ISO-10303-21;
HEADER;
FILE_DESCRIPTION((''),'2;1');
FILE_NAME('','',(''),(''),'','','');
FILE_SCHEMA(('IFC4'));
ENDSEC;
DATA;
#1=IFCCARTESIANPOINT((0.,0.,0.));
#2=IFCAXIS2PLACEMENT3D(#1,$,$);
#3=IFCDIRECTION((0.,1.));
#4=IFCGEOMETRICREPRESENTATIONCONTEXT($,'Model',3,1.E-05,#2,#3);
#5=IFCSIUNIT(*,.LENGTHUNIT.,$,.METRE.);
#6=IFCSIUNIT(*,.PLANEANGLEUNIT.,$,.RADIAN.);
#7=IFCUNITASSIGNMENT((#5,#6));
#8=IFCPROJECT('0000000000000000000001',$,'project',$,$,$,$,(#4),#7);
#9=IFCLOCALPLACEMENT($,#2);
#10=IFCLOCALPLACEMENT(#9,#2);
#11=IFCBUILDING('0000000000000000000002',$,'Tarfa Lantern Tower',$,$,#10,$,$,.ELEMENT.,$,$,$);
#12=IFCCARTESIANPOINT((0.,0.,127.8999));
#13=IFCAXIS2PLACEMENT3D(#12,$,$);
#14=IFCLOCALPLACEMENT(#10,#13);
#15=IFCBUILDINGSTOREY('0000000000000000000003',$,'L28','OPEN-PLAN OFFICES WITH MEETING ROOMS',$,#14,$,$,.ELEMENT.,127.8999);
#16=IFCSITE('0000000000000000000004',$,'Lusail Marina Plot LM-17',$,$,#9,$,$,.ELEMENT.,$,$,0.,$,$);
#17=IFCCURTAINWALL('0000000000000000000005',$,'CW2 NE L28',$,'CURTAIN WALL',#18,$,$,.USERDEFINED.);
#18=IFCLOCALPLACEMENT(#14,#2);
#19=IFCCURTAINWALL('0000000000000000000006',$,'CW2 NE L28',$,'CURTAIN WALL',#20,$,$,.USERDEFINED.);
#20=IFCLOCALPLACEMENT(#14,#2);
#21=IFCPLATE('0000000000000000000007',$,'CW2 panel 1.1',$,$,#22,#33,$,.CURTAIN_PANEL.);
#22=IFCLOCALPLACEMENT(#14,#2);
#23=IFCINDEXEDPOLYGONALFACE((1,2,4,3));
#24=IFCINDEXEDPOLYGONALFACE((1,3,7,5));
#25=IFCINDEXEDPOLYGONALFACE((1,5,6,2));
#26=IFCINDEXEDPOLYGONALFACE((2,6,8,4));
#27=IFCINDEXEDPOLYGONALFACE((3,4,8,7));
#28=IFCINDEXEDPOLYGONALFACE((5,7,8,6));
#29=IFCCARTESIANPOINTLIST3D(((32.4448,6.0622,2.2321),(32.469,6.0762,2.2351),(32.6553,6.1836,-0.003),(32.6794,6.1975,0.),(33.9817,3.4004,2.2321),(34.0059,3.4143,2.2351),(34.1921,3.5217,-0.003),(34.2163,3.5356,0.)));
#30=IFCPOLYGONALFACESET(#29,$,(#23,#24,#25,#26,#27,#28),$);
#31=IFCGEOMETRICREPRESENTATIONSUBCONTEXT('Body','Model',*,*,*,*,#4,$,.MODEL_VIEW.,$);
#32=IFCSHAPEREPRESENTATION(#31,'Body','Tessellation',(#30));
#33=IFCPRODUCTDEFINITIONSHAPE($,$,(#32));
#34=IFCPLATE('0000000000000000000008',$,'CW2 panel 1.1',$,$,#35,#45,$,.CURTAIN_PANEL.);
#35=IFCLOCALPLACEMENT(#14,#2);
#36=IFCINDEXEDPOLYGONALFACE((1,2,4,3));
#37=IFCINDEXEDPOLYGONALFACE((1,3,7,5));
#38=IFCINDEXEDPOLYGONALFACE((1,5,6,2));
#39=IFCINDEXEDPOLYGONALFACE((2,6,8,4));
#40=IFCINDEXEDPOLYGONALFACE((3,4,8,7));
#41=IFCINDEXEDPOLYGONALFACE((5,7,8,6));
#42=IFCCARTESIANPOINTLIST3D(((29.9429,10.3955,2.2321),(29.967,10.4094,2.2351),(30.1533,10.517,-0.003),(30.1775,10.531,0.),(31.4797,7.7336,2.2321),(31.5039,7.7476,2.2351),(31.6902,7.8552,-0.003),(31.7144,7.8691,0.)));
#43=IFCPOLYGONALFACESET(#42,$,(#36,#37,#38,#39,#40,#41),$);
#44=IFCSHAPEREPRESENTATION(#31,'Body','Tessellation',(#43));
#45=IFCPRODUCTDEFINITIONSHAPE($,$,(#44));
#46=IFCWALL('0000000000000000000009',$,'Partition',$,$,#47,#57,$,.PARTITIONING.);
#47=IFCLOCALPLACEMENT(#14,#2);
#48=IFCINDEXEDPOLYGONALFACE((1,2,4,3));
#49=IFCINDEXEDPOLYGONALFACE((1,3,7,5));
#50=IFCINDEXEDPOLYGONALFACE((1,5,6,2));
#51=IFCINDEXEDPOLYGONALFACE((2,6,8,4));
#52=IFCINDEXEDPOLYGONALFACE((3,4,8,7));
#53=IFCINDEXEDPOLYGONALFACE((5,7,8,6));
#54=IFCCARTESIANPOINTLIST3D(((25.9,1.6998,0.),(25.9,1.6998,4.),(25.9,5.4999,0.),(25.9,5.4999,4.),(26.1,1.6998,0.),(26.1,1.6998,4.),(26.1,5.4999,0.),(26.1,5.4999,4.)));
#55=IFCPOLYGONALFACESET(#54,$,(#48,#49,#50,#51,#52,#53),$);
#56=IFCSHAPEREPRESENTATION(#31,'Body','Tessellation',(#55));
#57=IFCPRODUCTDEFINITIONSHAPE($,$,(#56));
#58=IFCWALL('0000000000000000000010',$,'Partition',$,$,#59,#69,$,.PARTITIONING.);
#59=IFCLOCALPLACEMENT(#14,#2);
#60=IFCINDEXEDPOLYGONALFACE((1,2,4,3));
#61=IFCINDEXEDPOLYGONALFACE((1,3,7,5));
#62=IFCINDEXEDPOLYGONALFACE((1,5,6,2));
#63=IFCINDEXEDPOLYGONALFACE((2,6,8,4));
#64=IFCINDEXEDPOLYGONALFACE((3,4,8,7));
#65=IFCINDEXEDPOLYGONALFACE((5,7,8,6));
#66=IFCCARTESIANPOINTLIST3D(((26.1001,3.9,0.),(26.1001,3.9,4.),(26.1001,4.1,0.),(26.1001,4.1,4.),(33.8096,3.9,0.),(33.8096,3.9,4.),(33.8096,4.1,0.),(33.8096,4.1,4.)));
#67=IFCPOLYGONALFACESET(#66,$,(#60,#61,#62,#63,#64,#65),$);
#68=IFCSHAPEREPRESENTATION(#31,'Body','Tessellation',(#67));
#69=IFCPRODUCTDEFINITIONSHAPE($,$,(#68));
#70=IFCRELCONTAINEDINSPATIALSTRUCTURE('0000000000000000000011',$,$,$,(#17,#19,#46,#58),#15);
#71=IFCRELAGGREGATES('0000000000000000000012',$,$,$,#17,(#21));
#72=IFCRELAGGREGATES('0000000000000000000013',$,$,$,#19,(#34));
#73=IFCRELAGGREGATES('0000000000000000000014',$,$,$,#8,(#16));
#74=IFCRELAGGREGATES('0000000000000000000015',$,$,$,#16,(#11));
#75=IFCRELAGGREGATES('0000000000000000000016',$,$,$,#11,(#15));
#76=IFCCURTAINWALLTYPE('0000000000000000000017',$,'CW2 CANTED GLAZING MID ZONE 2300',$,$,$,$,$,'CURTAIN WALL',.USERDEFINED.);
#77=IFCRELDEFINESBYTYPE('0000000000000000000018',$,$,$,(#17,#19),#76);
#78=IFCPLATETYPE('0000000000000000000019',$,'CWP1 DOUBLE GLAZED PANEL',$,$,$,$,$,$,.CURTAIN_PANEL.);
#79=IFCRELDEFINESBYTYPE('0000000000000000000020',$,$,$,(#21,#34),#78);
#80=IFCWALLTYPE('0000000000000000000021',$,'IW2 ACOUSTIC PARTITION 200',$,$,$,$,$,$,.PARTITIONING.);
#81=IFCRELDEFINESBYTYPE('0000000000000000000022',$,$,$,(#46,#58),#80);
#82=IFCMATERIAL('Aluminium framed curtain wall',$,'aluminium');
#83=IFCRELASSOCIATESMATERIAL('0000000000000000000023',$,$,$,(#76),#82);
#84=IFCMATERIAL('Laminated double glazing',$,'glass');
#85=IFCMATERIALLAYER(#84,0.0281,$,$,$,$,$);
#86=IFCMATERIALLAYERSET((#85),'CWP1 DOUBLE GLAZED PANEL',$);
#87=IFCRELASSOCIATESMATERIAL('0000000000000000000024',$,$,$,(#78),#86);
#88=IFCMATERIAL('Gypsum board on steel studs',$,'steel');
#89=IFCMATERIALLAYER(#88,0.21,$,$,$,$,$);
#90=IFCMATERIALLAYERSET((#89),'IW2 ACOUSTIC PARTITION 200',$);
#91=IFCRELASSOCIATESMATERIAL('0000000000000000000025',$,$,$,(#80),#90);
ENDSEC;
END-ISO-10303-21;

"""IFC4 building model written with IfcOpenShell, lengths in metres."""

from ifc_helpers import new_model, si_unit, direction, frame, frame_2d, origin, place, context, subcontext, project, spatial, polyline, rectangle, outline, extrude, material, layer, layer_set, type_object, element, aggregate, save


model = new_model("IFC4")

# Units and contexts
model_context = context("Model", 3, precision=1e-05, world=origin(), true_north=direction((0.0, 1.0)))
body_context = subcontext(model_context, "Body", "Model", "MODEL_VIEW")
ifc_project = project(units=[si_unit("LENGTHUNIT", "METRE"), si_unit("PLANEANGLEUNIT", "RADIAN")], contexts=[model_context])

# Site, building, storey
site_placement = place(None, origin())
site = spatial("IfcSite", under=ifc_project, at=site_placement, Name="Lusail Marina Plot LM-17", CompositionType="ELEMENT", RefElevation=0.0)
building_placement = place(site_placement, origin())
building = spatial("IfcBuilding", under=site, at=building_placement, Name="Tarfa Lantern Tower", CompositionType="ELEMENT")
storey_placement = place(building_placement, frame((0.0, 0.0, 127.8999)))
storey = spatial("IfcBuildingStorey", under=building, at=storey_placement, Name="L28", Description="OPEN-PLAN OFFICES WITH MEETING ROOMS", CompositionType="ELEMENT", Elevation=127.8999)

# Curtain walls
ifc_material_1 = material(Name="Aluminium framed curtain wall", Category="aluminium")
curtain_wall_type_1 = type_object("IfcCurtainWallType", Name="CW2 CANTED GLAZING MID ZONE 2300", ElementType="CURTAIN WALL", PredefinedType="USERDEFINED", material=ifc_material_1)
curtain_wall_1_placement = place(storey_placement, origin())
curtain_wall_1 = element("IfcCurtainWall", 1, at=curtain_wall_1_placement, inside=storey, type_object=curtain_wall_type_1, Name="CW2 NE L28", ObjectType="CURTAIN WALL", PredefinedType="USERDEFINED")
curtain_wall_2_placement = place(storey_placement, origin())
curtain_wall_2 = element("IfcCurtainWall", 2, at=curtain_wall_2_placement, inside=storey, type_object=curtain_wall_type_1, Name="CW2 NE L28", ObjectType="CURTAIN WALL", PredefinedType="USERDEFINED")

# Plates
ifc_material_2 = material(Name="Laminated double glazing", Category="glass")
ifc_layer_1 = layer(ifc_material_2, 0.0281)
ifc_layer_set_1 = layer_set([ifc_layer_1], Name="CWP1 DOUBLE GLAZED PANEL")
plate_type = type_object("IfcPlateType", Name="CWP1 DOUBLE GLAZED PANEL", PredefinedType="CURTAIN_PANEL", material=ifc_layer_set_1)
plate_1_placement = place(storey_placement, frame((34.2163, 3.5356, 0.0), z_axis=(0.86095, 0.497082, 0.108049), x_axis=(-0.500009, 0.86602, 0.0)))
plate_1 = element("IfcPlate", 3, at=plate_1_placement, type_object=plate_type, Name="CW2 panel 1.1", PredefinedType="CURTAIN_PANEL", context=body_context, shape_type="SweptSolid", body=[
    extrude(outline(polyline([(0.0, 0.0), (3.0737, 0.0), (3.0738, 2.2483), (0.0001, 2.2483), (0.0, 0.0)])), origin(), (0.0, 0.0, -1.0), 0.0281),
])
aggregate(curtain_wall_1, [plate_1])
plate_2_placement = place(storey_placement, frame((31.7144, 7.8691, 0.0), z_axis=(0.860945, 0.497079, 0.108103), x_axis=(-0.500009, 0.86602, 0.0)))
plate_2 = element("IfcPlate", 4, at=plate_2_placement, type_object=plate_type, Name="CW2 panel 1.1", PredefinedType="CURTAIN_PANEL", context=body_context, shape_type="SweptSolid", body=[
    extrude(outline(polyline([(0.0, 0.0), (3.0737, 0.0), (3.0736, 2.2483), (-0.0001, 2.2483), (0.0, 0.0)])), origin(), (0.0, 0.0, -1.0), 0.0281),
])
aggregate(curtain_wall_2, [plate_2])

# Walls
ifc_material_3 = material(Name="Gypsum board on steel studs", Category="steel")
ifc_layer_2 = layer(ifc_material_3, 0.21)
ifc_layer_set_2 = layer_set([ifc_layer_2], Name="IW2 ACOUSTIC PARTITION 200")
wall_type = type_object("IfcWallType", Name="IW2 ACOUSTIC PARTITION 200", PredefinedType="PARTITIONING", material=ifc_layer_set_2)
wall_1_placement = place(storey_placement, frame((26.0, 1.7, 0.0), z_axis=(0.0, 0.0, 1.0), x_axis=(0.0, 1.0, 0.0)))
element("IfcWall", 5, at=wall_1_placement, inside=storey, type_object=wall_type, Name="Partition", PredefinedType="PARTITIONING", context=body_context, shape_type="SweptSolid", body=[
    extrude(rectangle(XDim=3.8, YDim=0.2, at=frame_2d((1.8999, 0.0))), origin(), (0.0, 0.0, 1.0), 4.0),
])
wall_2_placement = place(storey_placement, frame((26.1001, 4.0, 0.0), z_axis=(0.0, 0.0, 1.0), x_axis=(1.0, 0.0, 0.0)))
element("IfcWall", 6, at=wall_2_placement, inside=storey, type_object=wall_type, Name="Partition", PredefinedType="PARTITIONING", context=body_context, shape_type="SweptSolid", body=[
    extrude(rectangle(XDim=7.7095, YDim=0.2, at=frame_2d((3.8547, 0.0))), origin(), (0.0, 0.0, 1.0), 4.0),
])

save(model, "model.ifc")
